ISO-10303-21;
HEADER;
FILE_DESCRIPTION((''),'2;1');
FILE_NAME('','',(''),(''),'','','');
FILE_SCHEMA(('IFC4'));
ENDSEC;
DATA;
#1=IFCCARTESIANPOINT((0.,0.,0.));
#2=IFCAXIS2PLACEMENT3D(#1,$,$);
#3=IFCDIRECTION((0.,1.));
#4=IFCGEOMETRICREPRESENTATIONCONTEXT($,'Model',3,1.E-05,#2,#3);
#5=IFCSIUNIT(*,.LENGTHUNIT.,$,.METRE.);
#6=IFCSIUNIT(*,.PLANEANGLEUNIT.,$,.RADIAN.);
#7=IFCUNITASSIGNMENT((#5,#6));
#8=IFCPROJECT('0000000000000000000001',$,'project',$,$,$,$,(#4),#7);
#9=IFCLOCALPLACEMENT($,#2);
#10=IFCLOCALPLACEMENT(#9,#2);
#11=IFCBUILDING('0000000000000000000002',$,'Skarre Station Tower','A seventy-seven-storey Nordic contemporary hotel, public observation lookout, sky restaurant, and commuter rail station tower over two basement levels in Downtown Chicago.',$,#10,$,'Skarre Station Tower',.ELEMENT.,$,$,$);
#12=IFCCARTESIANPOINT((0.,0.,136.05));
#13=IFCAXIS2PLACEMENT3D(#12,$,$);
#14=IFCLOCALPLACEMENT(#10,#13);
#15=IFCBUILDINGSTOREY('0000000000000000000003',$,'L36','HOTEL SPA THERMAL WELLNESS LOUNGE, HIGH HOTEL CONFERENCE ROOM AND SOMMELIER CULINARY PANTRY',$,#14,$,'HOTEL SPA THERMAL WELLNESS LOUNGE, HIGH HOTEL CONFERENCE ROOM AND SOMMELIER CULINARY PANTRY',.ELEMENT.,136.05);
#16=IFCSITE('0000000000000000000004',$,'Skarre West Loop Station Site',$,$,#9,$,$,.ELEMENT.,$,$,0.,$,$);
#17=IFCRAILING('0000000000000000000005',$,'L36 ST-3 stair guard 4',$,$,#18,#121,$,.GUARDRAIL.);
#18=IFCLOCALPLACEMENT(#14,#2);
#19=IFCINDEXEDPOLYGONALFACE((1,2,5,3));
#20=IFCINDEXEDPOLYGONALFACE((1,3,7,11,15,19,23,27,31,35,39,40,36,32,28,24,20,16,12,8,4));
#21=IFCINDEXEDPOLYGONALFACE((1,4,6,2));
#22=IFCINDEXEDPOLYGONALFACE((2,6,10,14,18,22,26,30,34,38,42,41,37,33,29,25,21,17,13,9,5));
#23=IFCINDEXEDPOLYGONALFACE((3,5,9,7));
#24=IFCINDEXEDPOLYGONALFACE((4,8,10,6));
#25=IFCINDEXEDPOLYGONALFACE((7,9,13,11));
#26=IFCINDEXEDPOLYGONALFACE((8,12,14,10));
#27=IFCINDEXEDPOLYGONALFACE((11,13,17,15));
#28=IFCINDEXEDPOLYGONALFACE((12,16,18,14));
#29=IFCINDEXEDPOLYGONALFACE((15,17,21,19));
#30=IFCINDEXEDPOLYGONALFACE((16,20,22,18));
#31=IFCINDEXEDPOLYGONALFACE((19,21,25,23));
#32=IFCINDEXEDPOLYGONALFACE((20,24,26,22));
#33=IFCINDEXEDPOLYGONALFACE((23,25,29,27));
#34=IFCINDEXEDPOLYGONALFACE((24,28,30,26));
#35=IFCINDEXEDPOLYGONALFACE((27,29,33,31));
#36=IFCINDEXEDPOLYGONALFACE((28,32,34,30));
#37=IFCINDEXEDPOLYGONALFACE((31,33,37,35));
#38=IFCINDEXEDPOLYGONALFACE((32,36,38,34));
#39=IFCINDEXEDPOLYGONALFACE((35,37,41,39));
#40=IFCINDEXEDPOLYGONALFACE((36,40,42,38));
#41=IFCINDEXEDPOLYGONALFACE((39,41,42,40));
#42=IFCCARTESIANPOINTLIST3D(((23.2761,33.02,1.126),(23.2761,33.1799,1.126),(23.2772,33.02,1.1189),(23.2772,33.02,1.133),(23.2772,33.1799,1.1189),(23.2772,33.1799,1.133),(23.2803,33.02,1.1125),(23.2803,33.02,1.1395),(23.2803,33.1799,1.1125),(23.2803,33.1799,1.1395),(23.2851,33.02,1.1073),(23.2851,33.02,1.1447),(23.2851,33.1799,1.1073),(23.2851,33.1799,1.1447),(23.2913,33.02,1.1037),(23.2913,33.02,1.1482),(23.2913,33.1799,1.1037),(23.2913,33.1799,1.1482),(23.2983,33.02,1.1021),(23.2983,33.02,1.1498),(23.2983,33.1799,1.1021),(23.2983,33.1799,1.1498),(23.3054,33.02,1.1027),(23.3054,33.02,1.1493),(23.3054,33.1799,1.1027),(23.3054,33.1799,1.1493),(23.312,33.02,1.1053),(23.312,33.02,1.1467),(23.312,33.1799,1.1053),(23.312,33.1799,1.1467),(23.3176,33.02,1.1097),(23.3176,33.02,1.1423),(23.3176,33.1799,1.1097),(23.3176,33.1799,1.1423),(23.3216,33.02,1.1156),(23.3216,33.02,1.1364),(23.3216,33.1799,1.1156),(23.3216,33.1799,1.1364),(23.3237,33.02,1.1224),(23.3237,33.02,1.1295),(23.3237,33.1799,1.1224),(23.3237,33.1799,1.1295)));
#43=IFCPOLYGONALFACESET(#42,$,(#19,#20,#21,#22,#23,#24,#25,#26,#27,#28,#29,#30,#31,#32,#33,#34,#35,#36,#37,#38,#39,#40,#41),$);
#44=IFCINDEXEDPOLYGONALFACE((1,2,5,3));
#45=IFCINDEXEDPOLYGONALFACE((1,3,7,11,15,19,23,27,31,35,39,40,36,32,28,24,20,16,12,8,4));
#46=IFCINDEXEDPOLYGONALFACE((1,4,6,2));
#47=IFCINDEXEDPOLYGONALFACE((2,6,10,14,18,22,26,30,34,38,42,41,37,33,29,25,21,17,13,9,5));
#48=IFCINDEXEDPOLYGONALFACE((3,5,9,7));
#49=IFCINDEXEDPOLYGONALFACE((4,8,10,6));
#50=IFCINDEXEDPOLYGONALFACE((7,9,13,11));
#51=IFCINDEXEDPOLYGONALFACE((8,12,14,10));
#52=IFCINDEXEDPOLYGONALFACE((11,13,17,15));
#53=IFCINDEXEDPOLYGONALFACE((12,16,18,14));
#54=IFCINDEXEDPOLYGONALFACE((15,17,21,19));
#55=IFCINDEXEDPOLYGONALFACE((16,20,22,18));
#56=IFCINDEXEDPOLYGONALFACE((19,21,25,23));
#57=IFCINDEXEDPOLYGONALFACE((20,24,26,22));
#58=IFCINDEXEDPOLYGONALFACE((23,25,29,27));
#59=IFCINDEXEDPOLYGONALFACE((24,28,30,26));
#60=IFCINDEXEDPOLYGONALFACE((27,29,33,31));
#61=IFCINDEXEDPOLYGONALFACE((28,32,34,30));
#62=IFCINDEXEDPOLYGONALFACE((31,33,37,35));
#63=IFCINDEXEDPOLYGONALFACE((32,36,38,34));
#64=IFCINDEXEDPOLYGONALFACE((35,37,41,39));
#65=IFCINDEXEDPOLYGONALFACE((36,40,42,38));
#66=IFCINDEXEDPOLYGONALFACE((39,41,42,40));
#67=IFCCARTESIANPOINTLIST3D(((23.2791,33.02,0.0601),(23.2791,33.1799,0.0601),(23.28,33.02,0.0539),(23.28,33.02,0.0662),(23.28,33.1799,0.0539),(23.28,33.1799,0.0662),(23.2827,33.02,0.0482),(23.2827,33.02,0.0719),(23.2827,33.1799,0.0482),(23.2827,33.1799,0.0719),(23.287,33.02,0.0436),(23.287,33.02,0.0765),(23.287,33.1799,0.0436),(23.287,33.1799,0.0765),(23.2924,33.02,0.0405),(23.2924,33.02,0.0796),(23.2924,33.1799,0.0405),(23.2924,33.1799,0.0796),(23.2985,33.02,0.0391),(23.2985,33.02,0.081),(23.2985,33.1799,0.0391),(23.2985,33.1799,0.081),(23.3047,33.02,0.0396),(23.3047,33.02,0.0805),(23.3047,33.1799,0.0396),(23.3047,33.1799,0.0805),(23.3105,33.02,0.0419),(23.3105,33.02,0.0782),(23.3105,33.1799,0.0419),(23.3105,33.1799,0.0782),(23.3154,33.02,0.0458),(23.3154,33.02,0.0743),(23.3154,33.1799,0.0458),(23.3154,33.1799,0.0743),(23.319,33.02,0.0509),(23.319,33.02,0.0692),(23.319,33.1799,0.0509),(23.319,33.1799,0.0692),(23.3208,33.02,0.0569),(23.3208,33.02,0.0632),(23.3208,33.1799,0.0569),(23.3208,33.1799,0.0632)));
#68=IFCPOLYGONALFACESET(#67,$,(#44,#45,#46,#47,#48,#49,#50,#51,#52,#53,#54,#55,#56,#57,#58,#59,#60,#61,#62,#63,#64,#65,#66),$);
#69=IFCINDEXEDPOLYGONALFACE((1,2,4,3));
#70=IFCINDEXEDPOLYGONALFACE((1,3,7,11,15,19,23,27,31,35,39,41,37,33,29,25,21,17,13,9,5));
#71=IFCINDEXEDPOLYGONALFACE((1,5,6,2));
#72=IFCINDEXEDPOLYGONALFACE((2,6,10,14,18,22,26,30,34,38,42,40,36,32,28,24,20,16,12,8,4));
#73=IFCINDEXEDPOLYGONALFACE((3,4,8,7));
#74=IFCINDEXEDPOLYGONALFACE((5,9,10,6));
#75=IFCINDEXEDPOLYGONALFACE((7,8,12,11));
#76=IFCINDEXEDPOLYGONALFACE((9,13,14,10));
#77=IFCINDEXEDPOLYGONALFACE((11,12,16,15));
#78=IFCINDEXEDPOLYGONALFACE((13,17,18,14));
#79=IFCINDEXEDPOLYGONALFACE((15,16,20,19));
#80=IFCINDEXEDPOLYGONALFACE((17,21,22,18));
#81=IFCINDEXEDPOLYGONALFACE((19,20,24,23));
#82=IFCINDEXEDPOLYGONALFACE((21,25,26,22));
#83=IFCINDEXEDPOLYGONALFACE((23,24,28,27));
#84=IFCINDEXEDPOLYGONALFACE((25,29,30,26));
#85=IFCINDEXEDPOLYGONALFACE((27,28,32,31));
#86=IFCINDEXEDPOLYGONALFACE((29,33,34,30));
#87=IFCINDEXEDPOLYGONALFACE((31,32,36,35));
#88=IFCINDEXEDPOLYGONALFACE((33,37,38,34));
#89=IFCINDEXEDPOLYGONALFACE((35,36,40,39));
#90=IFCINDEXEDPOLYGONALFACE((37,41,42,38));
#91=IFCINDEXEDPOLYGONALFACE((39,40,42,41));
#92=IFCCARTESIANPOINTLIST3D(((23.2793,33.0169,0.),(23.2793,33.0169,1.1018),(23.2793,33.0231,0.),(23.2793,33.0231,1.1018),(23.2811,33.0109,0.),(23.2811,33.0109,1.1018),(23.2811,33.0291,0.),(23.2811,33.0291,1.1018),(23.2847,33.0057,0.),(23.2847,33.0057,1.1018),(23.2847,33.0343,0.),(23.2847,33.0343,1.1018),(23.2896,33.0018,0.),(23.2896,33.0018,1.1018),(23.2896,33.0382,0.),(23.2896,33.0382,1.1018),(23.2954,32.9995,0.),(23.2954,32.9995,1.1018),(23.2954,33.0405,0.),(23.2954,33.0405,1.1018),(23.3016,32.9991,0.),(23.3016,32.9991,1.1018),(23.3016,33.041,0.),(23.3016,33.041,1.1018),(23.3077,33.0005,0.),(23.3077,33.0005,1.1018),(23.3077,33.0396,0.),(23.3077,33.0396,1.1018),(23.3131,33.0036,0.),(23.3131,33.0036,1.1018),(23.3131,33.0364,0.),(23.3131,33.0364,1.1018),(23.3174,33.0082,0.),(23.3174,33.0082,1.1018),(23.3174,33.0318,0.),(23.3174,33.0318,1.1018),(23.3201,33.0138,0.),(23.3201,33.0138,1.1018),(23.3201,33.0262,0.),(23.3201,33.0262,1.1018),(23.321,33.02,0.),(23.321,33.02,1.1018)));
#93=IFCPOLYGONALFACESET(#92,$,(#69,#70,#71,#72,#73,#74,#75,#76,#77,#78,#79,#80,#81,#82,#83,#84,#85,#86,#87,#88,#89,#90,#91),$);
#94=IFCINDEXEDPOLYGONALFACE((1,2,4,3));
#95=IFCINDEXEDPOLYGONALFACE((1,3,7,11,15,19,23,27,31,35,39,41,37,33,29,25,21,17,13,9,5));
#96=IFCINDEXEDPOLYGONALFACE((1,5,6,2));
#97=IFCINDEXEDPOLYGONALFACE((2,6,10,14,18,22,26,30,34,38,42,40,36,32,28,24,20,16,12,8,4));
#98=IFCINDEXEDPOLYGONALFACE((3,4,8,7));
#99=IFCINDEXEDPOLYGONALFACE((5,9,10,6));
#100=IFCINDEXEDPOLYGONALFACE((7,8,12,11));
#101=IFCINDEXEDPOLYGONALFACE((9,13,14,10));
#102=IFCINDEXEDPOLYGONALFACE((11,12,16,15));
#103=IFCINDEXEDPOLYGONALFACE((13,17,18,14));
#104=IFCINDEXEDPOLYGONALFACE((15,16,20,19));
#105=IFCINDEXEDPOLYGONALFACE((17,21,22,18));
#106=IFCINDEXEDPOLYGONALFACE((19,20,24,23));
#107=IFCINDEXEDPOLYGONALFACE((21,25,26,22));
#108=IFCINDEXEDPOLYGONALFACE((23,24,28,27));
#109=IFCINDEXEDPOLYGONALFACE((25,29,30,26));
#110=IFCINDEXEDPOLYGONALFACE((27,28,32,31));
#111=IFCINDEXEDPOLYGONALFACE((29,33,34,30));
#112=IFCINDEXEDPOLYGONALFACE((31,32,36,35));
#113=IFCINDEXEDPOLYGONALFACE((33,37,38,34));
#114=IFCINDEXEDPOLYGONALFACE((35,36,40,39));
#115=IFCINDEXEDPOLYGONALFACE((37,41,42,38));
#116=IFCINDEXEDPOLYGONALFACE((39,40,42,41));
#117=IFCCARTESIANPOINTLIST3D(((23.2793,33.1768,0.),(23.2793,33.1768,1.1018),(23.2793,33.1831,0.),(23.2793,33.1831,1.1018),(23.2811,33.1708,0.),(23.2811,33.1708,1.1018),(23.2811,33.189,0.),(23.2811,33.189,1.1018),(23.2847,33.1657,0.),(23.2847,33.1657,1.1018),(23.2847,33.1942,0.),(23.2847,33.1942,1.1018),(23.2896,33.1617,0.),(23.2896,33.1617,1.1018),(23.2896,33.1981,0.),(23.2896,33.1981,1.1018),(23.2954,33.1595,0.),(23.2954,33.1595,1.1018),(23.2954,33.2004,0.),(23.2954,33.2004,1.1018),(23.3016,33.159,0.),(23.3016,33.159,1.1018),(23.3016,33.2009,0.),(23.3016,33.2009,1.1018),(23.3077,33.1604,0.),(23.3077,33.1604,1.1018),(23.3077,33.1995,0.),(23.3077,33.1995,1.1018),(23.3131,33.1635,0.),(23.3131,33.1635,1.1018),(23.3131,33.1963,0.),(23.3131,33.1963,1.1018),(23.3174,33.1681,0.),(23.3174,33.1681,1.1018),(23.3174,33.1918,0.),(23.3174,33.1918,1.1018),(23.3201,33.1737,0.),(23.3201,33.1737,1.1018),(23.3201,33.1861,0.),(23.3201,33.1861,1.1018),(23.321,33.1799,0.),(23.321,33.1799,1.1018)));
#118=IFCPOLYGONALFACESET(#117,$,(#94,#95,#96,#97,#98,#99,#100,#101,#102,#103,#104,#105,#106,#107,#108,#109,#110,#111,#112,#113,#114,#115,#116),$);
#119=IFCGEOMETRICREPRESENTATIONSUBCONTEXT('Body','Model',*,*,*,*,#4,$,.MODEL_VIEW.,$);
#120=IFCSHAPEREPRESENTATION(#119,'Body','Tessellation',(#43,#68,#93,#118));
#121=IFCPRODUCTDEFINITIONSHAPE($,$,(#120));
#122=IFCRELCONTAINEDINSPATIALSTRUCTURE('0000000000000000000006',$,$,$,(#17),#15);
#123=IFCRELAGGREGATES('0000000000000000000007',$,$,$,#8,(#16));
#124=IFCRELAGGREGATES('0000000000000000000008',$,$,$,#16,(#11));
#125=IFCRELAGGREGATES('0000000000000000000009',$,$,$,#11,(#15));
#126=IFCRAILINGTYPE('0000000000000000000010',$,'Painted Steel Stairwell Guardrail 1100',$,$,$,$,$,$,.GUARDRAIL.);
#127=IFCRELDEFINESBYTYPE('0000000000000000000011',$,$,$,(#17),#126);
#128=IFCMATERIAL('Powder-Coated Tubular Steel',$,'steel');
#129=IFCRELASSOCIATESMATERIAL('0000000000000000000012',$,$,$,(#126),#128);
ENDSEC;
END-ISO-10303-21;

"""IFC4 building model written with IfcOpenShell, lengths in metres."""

from ifc_helpers import new_model, si_unit, direction, frame, origin, origin_2d, place, context, subcontext, project, spatial, circle, extrude, material, type_object, element, save


model = new_model("IFC4")

# Units and contexts
model_context = context("Model", 3, precision=1e-05, world=origin(), true_north=direction((0.0, 1.0)))
body_context = subcontext(model_context, "Body", "Model", "MODEL_VIEW")
ifc_project = project(units=[si_unit("LENGTHUNIT", "METRE"), si_unit("PLANEANGLEUNIT", "RADIAN")], contexts=[model_context])

# Site, building, storey
site_placement = place(None, origin())
site = spatial("IfcSite", under=ifc_project, at=site_placement, Name="Skarre West Loop Station Site", CompositionType="ELEMENT", RefElevation=0.0)
building_placement = place(site_placement, origin())
building = spatial("IfcBuilding", under=site, at=building_placement, Name="Skarre Station Tower", Description="A seventy-seven-storey Nordic contemporary hotel, public observation lookout, sky restaurant, and commuter rail station tower over two basement levels in Downtown Chicago.", LongName="Skarre Station Tower", CompositionType="ELEMENT")
storey_placement = place(building_placement, frame((0.0, 0.0, 136.05)))
storey = spatial("IfcBuildingStorey", under=building, at=storey_placement, Name="L36", Description="HOTEL SPA THERMAL WELLNESS LOUNGE, HIGH HOTEL CONFERENCE ROOM AND SOMMELIER CULINARY PANTRY", LongName="HOTEL SPA THERMAL WELLNESS LOUNGE, HIGH HOTEL CONFERENCE ROOM AND SOMMELIER CULINARY PANTRY", CompositionType="ELEMENT", Elevation=136.05)

# Railing
ifc_material_1 = material(Name="Powder-Coated Tubular Steel", Category="steel")
railing_type_1 = type_object("IfcRailingType", Name="Painted Steel Stairwell Guardrail 1100", PredefinedType="GUARDRAIL", material=ifc_material_1)
railing_1_placement = place(storey_placement, frame((23.3, 33.02, 0.0)))
element("IfcRailing", 1, at=railing_1_placement, inside=storey, type_object=railing_type_1, Name="L36 ST-3 stair guard 4", PredefinedType="GUARDRAIL", context=body_context, shape_type="SweptSolid", body=[
    extrude(circle(Radius=0.0239, at=origin_2d()), frame((0.0, 0.0, 1.126), z_axis=(0.0, 1.0, 0.0), x_axis=(-1.0, 0.0, 0.0)), (0.0, 0.0, 1.0), 0.1599),
    extrude(circle(Radius=0.021, at=origin_2d()), frame((0.0, 0.0, 0.0601), z_axis=(0.0, 1.0, 0.0), x_axis=(-1.0, 0.0, 0.0)), (0.0, 0.0, 1.0), 0.1599),
    extrude(circle(Radius=0.021, at=origin_2d()), origin(), (0.0, 0.0, 1.0), 1.1018),
    extrude(circle(Radius=0.021, at=origin_2d()), frame((0.0, 0.1599, 0.0)), (0.0, 0.0, 1.0), 1.1018),
])

save(model, "model.ifc")
